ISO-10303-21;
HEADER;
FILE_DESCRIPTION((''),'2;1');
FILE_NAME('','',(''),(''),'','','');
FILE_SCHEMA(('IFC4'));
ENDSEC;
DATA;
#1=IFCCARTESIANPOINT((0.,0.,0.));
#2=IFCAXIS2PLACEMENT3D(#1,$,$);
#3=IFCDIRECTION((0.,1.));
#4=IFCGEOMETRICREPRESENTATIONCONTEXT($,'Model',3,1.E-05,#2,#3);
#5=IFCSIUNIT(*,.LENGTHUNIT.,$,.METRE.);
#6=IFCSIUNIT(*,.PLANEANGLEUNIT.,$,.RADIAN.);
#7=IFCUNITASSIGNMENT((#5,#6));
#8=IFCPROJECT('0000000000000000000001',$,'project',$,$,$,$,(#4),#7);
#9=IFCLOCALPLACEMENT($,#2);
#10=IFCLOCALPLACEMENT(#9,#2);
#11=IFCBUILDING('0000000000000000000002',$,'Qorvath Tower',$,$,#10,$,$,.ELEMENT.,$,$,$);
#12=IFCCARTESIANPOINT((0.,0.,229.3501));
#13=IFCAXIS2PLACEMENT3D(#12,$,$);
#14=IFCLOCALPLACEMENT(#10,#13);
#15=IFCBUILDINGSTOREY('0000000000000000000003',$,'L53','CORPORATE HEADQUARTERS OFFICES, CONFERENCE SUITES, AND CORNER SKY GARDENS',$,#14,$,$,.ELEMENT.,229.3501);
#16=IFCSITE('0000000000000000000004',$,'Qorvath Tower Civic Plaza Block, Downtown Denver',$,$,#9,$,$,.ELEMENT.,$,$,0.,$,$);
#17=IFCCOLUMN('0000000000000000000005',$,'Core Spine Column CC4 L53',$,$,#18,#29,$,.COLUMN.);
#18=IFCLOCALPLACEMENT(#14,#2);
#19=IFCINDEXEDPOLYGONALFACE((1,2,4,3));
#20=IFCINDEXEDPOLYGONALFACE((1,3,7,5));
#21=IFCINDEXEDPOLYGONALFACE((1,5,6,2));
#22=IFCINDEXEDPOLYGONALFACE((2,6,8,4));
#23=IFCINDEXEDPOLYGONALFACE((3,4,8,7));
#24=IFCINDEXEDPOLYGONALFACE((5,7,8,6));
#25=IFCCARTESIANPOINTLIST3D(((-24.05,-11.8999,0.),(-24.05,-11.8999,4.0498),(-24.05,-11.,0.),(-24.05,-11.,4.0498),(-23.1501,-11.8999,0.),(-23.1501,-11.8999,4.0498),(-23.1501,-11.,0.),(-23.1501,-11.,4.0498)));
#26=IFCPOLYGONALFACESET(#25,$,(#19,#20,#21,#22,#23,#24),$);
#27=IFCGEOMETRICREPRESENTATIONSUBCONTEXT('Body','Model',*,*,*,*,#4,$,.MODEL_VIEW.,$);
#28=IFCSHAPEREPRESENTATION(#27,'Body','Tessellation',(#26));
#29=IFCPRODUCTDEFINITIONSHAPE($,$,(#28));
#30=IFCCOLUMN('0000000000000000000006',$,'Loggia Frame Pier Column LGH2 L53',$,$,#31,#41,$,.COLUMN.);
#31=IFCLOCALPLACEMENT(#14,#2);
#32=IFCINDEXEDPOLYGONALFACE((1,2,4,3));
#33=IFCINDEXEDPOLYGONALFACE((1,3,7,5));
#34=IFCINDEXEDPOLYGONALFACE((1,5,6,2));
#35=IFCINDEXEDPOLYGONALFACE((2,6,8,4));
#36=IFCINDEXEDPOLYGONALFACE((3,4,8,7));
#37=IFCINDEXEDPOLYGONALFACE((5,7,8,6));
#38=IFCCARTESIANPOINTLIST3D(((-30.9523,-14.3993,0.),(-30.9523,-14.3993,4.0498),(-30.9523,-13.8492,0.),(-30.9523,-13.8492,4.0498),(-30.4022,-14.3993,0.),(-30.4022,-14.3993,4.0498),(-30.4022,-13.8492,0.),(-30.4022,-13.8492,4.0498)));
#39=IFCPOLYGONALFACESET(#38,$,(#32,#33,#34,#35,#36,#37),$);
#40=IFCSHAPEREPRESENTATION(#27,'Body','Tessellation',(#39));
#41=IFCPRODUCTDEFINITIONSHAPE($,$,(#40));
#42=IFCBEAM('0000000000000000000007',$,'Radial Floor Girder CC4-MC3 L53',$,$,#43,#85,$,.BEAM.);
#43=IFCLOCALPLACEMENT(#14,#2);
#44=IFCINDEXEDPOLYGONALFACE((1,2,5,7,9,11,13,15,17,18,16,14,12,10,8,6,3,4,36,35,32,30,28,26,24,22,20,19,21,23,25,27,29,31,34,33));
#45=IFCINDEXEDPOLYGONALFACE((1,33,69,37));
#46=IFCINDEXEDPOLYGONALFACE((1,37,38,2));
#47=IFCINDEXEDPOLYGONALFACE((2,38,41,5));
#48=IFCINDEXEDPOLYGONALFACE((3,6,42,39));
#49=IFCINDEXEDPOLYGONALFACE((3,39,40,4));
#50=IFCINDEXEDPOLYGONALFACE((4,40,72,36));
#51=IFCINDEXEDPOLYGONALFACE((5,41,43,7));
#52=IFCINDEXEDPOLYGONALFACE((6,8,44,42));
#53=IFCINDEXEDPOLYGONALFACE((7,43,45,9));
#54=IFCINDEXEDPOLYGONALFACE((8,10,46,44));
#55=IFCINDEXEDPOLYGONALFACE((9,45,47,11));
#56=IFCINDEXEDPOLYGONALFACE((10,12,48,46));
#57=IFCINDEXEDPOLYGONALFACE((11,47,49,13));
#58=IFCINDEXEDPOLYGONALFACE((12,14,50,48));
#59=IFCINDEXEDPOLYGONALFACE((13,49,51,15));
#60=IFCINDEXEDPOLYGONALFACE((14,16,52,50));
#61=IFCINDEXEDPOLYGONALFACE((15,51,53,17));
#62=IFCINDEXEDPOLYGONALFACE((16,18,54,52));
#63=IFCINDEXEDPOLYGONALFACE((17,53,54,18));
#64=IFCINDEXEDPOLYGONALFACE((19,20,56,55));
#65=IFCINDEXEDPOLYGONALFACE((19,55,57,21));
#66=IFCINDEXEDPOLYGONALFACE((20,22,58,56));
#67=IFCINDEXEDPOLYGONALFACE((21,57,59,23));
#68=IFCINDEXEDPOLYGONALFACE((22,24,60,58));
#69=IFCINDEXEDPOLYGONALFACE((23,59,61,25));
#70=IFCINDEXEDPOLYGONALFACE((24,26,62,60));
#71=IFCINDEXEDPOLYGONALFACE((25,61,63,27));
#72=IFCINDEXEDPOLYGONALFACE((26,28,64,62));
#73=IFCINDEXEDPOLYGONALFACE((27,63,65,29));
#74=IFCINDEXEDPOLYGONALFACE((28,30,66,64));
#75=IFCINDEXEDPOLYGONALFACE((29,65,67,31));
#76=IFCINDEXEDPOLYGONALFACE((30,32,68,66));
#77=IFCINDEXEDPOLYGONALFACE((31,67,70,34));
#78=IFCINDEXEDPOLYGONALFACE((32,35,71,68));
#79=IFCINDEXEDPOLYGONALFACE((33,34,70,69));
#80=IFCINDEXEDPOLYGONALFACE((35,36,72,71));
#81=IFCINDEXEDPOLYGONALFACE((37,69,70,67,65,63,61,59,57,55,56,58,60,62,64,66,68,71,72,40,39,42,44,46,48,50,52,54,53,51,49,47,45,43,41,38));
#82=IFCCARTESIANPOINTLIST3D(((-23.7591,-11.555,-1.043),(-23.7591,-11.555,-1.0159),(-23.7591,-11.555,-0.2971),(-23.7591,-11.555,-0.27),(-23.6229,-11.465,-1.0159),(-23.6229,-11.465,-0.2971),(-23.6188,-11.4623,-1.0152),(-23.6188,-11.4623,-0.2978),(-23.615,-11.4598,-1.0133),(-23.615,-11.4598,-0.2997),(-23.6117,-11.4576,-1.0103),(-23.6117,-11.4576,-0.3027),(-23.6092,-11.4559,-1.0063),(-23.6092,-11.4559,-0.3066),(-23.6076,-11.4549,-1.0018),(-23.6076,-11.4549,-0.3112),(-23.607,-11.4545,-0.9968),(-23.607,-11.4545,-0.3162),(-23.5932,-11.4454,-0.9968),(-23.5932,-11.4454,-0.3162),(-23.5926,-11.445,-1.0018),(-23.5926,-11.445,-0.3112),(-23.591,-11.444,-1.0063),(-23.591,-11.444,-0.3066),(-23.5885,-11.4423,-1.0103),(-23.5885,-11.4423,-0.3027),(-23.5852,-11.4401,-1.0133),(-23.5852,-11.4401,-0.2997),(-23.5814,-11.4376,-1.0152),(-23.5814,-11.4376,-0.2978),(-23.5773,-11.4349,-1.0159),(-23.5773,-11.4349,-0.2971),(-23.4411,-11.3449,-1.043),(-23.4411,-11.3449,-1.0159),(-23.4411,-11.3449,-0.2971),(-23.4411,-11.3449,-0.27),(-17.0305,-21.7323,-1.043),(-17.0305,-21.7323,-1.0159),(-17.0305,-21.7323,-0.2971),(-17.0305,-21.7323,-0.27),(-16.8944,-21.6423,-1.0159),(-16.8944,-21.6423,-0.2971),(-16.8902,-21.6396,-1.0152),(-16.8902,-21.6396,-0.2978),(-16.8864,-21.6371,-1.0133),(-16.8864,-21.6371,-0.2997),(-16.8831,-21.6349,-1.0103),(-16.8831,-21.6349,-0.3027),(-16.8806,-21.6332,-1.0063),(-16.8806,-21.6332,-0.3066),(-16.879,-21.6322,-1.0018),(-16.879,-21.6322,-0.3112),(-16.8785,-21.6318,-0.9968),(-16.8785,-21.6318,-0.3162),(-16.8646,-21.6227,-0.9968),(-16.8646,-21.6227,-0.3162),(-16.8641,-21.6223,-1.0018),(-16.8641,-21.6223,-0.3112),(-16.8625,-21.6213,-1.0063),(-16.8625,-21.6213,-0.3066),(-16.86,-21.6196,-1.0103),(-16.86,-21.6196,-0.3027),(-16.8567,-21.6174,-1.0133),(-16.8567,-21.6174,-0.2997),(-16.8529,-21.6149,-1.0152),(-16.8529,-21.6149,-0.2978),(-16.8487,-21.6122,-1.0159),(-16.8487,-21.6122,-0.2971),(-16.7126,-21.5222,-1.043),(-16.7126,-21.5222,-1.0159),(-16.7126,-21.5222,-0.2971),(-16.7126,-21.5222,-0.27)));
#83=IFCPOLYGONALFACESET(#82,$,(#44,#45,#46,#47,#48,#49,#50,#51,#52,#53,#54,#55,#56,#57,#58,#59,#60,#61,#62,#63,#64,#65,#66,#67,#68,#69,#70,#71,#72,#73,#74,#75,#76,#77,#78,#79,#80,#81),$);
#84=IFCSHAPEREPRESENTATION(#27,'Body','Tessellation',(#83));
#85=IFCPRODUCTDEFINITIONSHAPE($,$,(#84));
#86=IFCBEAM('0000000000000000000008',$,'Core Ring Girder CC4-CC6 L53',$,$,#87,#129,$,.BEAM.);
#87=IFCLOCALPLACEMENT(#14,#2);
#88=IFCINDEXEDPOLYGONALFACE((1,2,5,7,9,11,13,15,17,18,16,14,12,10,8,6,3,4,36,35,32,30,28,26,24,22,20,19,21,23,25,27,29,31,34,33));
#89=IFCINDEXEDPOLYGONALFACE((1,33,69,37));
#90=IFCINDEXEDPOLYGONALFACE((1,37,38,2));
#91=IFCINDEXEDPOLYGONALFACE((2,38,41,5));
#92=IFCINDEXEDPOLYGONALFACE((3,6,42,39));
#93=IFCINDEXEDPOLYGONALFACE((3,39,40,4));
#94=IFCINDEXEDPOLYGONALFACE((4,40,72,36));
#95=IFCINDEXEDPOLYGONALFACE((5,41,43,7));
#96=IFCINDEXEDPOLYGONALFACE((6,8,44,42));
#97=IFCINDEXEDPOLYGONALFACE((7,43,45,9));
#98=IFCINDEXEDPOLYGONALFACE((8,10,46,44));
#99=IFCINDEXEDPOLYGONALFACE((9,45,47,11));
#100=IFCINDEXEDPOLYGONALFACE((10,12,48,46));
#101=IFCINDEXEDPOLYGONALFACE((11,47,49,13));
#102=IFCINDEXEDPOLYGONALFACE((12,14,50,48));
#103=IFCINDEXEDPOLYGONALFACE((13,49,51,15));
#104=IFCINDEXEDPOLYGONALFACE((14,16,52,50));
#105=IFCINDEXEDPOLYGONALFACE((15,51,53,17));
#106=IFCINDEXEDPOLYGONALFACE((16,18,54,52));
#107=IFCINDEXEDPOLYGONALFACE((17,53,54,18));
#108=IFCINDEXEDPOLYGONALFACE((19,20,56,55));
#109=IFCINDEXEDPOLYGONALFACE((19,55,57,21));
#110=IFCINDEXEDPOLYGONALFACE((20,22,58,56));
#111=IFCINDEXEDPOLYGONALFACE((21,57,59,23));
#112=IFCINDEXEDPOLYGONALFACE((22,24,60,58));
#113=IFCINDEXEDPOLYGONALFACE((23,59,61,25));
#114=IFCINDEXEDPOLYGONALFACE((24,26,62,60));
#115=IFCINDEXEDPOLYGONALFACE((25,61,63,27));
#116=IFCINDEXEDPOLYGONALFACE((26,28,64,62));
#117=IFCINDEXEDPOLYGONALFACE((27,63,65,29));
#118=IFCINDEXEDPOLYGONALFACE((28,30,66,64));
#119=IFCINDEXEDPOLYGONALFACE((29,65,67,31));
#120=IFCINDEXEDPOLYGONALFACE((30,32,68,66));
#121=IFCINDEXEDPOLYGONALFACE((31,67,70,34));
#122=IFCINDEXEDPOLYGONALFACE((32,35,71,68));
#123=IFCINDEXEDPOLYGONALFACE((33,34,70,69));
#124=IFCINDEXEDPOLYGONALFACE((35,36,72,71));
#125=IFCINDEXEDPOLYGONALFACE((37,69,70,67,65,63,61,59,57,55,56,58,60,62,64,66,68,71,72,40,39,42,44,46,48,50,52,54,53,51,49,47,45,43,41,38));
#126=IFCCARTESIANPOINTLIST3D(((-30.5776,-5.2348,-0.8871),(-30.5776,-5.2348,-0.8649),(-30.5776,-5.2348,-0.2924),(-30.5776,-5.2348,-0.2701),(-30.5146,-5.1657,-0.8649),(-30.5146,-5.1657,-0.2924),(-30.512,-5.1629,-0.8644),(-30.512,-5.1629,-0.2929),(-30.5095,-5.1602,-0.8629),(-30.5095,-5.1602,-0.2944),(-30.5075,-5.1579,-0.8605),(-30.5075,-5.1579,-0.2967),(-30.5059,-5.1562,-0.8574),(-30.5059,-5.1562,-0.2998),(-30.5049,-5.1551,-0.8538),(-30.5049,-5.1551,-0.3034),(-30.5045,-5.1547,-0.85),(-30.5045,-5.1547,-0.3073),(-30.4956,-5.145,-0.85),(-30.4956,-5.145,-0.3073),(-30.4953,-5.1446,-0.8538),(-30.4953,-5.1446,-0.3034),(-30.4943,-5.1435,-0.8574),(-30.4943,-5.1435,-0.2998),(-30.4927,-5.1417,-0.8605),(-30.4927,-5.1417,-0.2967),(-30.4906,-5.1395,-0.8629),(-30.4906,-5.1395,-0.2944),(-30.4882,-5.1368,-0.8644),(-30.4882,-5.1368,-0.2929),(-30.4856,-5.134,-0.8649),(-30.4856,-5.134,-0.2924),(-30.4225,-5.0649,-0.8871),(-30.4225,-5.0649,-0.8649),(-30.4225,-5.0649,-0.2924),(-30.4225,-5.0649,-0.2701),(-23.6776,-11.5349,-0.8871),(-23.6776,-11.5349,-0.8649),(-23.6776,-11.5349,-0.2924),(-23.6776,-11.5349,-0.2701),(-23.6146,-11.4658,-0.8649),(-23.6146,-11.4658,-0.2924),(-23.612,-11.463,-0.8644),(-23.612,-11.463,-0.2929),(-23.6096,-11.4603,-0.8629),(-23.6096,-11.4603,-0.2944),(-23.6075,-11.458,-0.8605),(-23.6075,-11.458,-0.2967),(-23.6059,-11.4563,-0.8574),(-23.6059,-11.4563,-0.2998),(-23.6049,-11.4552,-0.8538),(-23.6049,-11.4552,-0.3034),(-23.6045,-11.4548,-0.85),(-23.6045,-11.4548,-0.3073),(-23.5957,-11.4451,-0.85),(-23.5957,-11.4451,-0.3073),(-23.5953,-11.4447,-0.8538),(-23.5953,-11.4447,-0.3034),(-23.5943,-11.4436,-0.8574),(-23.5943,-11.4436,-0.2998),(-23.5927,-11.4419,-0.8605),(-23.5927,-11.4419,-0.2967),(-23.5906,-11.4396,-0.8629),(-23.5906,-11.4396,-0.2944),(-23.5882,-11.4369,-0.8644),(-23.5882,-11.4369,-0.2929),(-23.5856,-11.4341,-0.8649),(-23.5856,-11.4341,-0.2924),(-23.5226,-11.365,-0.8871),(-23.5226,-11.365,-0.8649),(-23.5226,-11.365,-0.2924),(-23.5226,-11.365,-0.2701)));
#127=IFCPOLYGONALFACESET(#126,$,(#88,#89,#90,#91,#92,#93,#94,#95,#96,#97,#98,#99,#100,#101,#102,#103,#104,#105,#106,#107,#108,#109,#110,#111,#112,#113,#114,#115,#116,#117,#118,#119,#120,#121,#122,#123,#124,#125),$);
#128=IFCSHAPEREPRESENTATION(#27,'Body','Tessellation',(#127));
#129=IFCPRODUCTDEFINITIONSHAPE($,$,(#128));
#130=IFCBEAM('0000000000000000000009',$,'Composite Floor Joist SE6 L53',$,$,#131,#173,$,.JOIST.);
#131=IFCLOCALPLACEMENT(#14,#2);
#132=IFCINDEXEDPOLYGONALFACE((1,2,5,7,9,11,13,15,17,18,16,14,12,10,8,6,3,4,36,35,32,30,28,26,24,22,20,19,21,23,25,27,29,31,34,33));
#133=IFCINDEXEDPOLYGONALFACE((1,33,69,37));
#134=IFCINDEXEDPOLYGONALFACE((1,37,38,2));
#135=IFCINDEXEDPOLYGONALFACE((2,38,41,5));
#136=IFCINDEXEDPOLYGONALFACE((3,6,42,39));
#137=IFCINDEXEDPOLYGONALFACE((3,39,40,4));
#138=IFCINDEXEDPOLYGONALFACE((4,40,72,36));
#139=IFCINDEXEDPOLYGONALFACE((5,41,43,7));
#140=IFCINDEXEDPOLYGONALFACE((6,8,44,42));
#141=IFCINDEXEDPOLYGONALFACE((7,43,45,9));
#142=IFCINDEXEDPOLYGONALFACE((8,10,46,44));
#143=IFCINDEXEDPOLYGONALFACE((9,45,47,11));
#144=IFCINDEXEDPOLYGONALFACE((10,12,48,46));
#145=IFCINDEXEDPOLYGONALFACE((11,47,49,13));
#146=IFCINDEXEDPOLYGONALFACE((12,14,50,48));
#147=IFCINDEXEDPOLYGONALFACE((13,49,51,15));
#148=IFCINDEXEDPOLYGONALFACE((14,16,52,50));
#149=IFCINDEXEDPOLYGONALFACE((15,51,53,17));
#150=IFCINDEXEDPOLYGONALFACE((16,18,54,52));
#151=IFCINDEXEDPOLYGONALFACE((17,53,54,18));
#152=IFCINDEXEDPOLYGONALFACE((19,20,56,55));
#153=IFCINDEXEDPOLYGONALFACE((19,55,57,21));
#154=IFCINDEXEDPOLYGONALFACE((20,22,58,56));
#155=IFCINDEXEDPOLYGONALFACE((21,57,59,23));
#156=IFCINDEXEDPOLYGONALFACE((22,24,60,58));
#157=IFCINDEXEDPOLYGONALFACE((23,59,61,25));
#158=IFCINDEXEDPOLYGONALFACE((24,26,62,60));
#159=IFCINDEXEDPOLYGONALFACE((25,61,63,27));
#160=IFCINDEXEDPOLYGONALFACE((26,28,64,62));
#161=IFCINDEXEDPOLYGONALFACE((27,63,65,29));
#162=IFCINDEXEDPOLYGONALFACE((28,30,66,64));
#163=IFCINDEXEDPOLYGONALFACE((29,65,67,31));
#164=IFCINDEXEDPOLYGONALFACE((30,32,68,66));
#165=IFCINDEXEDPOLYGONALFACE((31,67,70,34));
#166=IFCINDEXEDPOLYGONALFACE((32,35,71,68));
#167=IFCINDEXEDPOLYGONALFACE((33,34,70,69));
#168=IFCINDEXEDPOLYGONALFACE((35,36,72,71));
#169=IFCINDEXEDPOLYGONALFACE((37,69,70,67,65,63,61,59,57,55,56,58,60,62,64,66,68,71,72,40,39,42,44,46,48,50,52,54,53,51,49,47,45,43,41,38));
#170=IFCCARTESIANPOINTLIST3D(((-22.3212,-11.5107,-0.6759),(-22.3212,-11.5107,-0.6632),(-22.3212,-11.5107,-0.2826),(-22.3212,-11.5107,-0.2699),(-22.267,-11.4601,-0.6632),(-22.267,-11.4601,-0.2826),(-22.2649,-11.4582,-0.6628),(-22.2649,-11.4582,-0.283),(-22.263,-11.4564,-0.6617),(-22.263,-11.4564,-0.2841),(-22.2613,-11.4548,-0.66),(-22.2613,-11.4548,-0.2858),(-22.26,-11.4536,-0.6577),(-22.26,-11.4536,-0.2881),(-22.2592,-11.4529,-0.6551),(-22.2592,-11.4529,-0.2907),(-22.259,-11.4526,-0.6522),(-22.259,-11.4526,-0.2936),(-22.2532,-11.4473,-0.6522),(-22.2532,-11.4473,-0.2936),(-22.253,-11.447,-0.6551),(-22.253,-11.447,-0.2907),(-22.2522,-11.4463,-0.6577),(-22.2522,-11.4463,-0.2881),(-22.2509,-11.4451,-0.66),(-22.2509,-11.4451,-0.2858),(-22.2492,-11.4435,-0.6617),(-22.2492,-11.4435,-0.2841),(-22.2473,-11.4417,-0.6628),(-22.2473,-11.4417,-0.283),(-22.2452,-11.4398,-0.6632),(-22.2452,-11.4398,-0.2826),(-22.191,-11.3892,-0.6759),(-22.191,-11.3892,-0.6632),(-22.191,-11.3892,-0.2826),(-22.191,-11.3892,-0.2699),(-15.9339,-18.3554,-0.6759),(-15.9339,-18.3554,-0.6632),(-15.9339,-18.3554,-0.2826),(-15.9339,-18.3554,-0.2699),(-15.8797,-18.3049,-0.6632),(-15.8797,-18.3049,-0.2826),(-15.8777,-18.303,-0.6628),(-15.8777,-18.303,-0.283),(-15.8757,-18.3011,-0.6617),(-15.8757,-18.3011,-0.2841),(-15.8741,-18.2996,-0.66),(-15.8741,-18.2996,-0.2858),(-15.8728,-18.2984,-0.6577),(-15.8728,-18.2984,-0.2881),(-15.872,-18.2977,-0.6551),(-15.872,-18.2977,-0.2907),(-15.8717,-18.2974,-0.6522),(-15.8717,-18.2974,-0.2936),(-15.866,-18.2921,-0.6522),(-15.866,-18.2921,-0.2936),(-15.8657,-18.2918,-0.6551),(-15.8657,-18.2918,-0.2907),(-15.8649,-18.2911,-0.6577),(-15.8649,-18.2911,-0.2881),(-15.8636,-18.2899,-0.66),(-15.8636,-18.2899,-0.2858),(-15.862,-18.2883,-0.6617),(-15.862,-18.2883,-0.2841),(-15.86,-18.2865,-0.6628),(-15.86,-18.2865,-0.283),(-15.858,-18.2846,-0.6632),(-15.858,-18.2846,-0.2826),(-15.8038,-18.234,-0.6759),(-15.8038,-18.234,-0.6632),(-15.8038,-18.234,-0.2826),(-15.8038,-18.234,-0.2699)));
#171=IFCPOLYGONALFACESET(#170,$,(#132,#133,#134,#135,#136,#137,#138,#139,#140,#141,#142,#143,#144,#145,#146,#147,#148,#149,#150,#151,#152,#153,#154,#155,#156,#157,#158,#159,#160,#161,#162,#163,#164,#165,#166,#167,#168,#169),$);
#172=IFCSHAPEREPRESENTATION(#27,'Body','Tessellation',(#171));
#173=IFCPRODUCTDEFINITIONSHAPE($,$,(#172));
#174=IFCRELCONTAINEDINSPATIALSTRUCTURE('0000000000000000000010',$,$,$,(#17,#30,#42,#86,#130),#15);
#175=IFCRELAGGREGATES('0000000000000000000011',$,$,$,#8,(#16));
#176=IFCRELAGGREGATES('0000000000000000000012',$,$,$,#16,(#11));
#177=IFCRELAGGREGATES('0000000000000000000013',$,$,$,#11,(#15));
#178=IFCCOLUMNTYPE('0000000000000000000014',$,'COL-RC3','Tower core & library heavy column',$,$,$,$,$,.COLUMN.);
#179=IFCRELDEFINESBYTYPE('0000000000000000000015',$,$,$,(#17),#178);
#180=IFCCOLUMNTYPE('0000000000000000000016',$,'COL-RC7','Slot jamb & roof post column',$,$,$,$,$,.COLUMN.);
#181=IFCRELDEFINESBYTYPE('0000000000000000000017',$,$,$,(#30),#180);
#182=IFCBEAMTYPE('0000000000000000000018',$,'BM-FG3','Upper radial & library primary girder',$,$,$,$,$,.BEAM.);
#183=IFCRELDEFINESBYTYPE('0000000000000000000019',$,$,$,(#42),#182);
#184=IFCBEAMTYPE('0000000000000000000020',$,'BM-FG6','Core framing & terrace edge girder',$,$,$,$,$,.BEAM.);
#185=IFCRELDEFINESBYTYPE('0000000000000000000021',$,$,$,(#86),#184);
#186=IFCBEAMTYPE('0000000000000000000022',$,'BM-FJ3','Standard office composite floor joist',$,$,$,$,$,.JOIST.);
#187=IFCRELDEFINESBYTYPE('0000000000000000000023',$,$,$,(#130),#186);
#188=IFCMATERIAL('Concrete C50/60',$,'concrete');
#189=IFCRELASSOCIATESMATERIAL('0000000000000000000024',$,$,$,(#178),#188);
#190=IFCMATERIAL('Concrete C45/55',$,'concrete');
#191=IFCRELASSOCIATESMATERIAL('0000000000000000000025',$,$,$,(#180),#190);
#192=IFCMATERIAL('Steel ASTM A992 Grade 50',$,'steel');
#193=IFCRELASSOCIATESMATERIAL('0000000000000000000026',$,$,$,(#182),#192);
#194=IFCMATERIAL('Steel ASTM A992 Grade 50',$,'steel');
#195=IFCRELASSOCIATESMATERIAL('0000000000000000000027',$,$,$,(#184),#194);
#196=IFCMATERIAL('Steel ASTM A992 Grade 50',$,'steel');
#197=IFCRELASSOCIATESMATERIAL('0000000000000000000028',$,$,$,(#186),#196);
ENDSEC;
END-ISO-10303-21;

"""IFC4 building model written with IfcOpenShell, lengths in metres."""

from ifc_helpers import new_model, si_unit, direction, frame, origin, origin_2d, place, context, subcontext, project, spatial, rectangle, i_section, extrude, material, material_profile, profile_set, type_object, element, save


model = new_model("IFC4")

# Units and contexts
model_context = context("Model", 3, precision=1e-05, world=origin(), true_north=direction((0.0, 1.0)))
body_context = subcontext(model_context, "Body", "Model", "MODEL_VIEW")
ifc_project = project(units=[si_unit("LENGTHUNIT", "METRE"), si_unit("PLANEANGLEUNIT", "RADIAN")], contexts=[model_context])

# Site, building, storey
site_placement = place(None, origin())
site = spatial("IfcSite", under=ifc_project, at=site_placement, Name="Qorvath Tower Civic Plaza Block, Downtown Denver", CompositionType="ELEMENT", RefElevation=0.0)
building_placement = place(site_placement, origin())
building = spatial("IfcBuilding", under=site, at=building_placement, Name="Qorvath Tower", CompositionType="ELEMENT")
storey_placement = place(building_placement, frame((0.0, 0.0, 229.3501)))
storey = spatial("IfcBuildingStorey", under=building, at=storey_placement, Name="L53", Description="CORPORATE HEADQUARTERS OFFICES, CONFERENCE SUITES, AND CORNER SKY GARDENS", CompositionType="ELEMENT", Elevation=229.3501)

# Columns
ifc_material_1 = material(Name="Concrete C50/60", Category="concrete")
ifc_material_profile_1 = material_profile(ifc_material_1, rectangle(XDim=0.8999, YDim=0.8999, at=origin_2d()), Name="RC 900x900")
ifc_profile_set_1 = profile_set([ifc_material_profile_1], Name="Concrete C50/60")
column_type_1 = type_object("IfcColumnType", Name="COL-RC3", Description="Tower core & library heavy column", PredefinedType="COLUMN", material=ifc_profile_set_1)
column_1_placement = place(storey_placement, frame((-23.6001, -11.45, 0.0), z_axis=(0.0, 0.0, 1.0), x_axis=(1.0, 0.0, 0.0)))
element("IfcColumn", 1, at=column_1_placement, inside=storey, type_object=column_type_1, Name="Core Spine Column CC4 L53", PredefinedType="COLUMN", context=body_context, shape_type="SweptSolid", body=[
    extrude(rectangle(XDim=0.8999, YDim=0.8999, at=origin_2d()), origin(), (0.0, 0.0, 1.0), 4.0498),
])
ifc_material_2 = material(Name="Concrete C45/55", Category="concrete")
ifc_material_profile_2 = material_profile(ifc_material_2, rectangle(XDim=0.55, YDim=0.55, at=origin_2d()), Name="RC 550x550")
ifc_profile_set_2 = profile_set([ifc_material_profile_2], Name="Concrete C45/55")
column_type_2 = type_object("IfcColumnType", Name="COL-RC7", Description="Slot jamb & roof post column", PredefinedType="COLUMN", material=ifc_profile_set_2)
column_2_placement = place(storey_placement, frame((-30.6772, -14.1243, 0.0), z_axis=(0.0, 0.0, 1.0), x_axis=(1.0, 0.0, 0.0)))
element("IfcColumn", 2, at=column_2_placement, inside=storey, type_object=column_type_2, Name="Loggia Frame Pier Column LGH2 L53", PredefinedType="COLUMN", context=body_context, shape_type="SweptSolid", body=[
    extrude(rectangle(XDim=0.55, YDim=0.55, at=origin_2d()), origin(), (0.0, 0.0, 1.0), 4.0498),
])

# Beams
ifc_material_3 = material(Name="Steel ASTM A992 Grade 50", Category="steel")
ifc_material_profile_3 = material_profile(ifc_material_3, i_section(OverallWidth=0.3811, OverallDepth=0.7729, WebThickness=0.0166, FlangeThickness=0.0271, FilletRadius=0.019, at=origin_2d()), Name="W30x173")
ifc_profile_set_3 = profile_set([ifc_material_profile_3], Name="Steel ASTM A992 Grade 50")
beam_type_1 = type_object("IfcBeamType", Name="BM-FG3", Description="Upper radial & library primary girder", PredefinedType="BEAM", material=ifc_profile_set_3)
beam_1_placement = place(storey_placement, frame((-23.6001, -11.45, -0.6565), z_axis=(0.551501, -0.834175, 0.0), x_axis=(0.834175, 0.551501, 0.0)))
element("IfcBeam", 3, at=beam_1_placement, inside=storey, type_object=beam_type_1, Name="Radial Floor Girder CC4-MC3 L53", PredefinedType="BEAM", context=body_context, shape_type="SweptSolid", body=[
    extrude(i_section(OverallWidth=0.3811, OverallDepth=0.7729, WebThickness=0.0166, FlangeThickness=0.0271, FilletRadius=0.019, at=origin_2d()), origin(), (0.0, 0.0, 1.0), 12.2004),
])
ifc_material_4 = material(Name="Steel ASTM A992 Grade 50", Category="steel")
ifc_material_profile_4 = material_profile(ifc_material_4, i_section(OverallWidth=0.23, OverallDepth=0.6169, WebThickness=0.0132, FlangeThickness=0.0222, FilletRadius=0.0149, at=origin_2d()), Name="W24x94")
ifc_profile_set_4 = profile_set([ifc_material_profile_4], Name="Steel ASTM A992 Grade 50")
beam_type_2 = type_object("IfcBeamType", Name="BM-FG6", Description="Core framing & terrace edge girder", PredefinedType="BEAM", material=ifc_profile_set_4)
beam_2_placement = place(storey_placement, frame((-23.6001, -11.45, -0.5786), z_axis=(-0.738478, 0.674277, 0.0), x_axis=(-0.674277, -0.738478, 0.0)))
element("IfcBeam", 4, at=beam_2_placement, inside=storey, type_object=beam_type_2, Name="Core Ring Girder CC4-CC6 L53", PredefinedType="BEAM", context=body_context, shape_type="SweptSolid", body=[
    extrude(i_section(OverallWidth=0.23, OverallDepth=0.6169, WebThickness=0.0132, FlangeThickness=0.0222, FilletRadius=0.0149, at=origin_2d()), origin(), (0.0, 0.0, 1.0), 9.3435),
])
ifc_material_5 = material(Name="Steel ASTM A992 Grade 50", Category="steel")
ifc_material_profile_5 = material_profile(ifc_material_5, i_section(OverallWidth=0.178, OverallDepth=0.406, WebThickness=0.0078, FlangeThickness=0.0127, FilletRadius=0.011, at=origin_2d()), Name="W16x40")
ifc_profile_set_5 = profile_set([ifc_material_profile_5], Name="Steel ASTM A992 Grade 50")
beam_type_3 = type_object("IfcBeamType", Name="BM-FJ3", Description="Standard office composite floor joist", PredefinedType="JOIST", material=ifc_profile_set_5)
beam_3_placement = place(storey_placement, frame((-22.2561, -11.45, -0.4729), z_axis=(0.682249, -0.731119, 0.0), x_axis=(0.731119, 0.682249, 0.0)))
element("IfcBeam", 5, at=beam_3_placement, inside=storey, type_object=beam_type_3, Name="Composite Floor Joist SE6 L53", PredefinedType="JOIST", context=body_context, shape_type="SweptSolid", body=[
    extrude(i_section(OverallWidth=0.178, OverallDepth=0.406, WebThickness=0.0078, FlangeThickness=0.0127, FilletRadius=0.011, at=origin_2d()), origin(), (0.0, 0.0, 1.0), 9.3621),
])

save(model, "model.ifc")
